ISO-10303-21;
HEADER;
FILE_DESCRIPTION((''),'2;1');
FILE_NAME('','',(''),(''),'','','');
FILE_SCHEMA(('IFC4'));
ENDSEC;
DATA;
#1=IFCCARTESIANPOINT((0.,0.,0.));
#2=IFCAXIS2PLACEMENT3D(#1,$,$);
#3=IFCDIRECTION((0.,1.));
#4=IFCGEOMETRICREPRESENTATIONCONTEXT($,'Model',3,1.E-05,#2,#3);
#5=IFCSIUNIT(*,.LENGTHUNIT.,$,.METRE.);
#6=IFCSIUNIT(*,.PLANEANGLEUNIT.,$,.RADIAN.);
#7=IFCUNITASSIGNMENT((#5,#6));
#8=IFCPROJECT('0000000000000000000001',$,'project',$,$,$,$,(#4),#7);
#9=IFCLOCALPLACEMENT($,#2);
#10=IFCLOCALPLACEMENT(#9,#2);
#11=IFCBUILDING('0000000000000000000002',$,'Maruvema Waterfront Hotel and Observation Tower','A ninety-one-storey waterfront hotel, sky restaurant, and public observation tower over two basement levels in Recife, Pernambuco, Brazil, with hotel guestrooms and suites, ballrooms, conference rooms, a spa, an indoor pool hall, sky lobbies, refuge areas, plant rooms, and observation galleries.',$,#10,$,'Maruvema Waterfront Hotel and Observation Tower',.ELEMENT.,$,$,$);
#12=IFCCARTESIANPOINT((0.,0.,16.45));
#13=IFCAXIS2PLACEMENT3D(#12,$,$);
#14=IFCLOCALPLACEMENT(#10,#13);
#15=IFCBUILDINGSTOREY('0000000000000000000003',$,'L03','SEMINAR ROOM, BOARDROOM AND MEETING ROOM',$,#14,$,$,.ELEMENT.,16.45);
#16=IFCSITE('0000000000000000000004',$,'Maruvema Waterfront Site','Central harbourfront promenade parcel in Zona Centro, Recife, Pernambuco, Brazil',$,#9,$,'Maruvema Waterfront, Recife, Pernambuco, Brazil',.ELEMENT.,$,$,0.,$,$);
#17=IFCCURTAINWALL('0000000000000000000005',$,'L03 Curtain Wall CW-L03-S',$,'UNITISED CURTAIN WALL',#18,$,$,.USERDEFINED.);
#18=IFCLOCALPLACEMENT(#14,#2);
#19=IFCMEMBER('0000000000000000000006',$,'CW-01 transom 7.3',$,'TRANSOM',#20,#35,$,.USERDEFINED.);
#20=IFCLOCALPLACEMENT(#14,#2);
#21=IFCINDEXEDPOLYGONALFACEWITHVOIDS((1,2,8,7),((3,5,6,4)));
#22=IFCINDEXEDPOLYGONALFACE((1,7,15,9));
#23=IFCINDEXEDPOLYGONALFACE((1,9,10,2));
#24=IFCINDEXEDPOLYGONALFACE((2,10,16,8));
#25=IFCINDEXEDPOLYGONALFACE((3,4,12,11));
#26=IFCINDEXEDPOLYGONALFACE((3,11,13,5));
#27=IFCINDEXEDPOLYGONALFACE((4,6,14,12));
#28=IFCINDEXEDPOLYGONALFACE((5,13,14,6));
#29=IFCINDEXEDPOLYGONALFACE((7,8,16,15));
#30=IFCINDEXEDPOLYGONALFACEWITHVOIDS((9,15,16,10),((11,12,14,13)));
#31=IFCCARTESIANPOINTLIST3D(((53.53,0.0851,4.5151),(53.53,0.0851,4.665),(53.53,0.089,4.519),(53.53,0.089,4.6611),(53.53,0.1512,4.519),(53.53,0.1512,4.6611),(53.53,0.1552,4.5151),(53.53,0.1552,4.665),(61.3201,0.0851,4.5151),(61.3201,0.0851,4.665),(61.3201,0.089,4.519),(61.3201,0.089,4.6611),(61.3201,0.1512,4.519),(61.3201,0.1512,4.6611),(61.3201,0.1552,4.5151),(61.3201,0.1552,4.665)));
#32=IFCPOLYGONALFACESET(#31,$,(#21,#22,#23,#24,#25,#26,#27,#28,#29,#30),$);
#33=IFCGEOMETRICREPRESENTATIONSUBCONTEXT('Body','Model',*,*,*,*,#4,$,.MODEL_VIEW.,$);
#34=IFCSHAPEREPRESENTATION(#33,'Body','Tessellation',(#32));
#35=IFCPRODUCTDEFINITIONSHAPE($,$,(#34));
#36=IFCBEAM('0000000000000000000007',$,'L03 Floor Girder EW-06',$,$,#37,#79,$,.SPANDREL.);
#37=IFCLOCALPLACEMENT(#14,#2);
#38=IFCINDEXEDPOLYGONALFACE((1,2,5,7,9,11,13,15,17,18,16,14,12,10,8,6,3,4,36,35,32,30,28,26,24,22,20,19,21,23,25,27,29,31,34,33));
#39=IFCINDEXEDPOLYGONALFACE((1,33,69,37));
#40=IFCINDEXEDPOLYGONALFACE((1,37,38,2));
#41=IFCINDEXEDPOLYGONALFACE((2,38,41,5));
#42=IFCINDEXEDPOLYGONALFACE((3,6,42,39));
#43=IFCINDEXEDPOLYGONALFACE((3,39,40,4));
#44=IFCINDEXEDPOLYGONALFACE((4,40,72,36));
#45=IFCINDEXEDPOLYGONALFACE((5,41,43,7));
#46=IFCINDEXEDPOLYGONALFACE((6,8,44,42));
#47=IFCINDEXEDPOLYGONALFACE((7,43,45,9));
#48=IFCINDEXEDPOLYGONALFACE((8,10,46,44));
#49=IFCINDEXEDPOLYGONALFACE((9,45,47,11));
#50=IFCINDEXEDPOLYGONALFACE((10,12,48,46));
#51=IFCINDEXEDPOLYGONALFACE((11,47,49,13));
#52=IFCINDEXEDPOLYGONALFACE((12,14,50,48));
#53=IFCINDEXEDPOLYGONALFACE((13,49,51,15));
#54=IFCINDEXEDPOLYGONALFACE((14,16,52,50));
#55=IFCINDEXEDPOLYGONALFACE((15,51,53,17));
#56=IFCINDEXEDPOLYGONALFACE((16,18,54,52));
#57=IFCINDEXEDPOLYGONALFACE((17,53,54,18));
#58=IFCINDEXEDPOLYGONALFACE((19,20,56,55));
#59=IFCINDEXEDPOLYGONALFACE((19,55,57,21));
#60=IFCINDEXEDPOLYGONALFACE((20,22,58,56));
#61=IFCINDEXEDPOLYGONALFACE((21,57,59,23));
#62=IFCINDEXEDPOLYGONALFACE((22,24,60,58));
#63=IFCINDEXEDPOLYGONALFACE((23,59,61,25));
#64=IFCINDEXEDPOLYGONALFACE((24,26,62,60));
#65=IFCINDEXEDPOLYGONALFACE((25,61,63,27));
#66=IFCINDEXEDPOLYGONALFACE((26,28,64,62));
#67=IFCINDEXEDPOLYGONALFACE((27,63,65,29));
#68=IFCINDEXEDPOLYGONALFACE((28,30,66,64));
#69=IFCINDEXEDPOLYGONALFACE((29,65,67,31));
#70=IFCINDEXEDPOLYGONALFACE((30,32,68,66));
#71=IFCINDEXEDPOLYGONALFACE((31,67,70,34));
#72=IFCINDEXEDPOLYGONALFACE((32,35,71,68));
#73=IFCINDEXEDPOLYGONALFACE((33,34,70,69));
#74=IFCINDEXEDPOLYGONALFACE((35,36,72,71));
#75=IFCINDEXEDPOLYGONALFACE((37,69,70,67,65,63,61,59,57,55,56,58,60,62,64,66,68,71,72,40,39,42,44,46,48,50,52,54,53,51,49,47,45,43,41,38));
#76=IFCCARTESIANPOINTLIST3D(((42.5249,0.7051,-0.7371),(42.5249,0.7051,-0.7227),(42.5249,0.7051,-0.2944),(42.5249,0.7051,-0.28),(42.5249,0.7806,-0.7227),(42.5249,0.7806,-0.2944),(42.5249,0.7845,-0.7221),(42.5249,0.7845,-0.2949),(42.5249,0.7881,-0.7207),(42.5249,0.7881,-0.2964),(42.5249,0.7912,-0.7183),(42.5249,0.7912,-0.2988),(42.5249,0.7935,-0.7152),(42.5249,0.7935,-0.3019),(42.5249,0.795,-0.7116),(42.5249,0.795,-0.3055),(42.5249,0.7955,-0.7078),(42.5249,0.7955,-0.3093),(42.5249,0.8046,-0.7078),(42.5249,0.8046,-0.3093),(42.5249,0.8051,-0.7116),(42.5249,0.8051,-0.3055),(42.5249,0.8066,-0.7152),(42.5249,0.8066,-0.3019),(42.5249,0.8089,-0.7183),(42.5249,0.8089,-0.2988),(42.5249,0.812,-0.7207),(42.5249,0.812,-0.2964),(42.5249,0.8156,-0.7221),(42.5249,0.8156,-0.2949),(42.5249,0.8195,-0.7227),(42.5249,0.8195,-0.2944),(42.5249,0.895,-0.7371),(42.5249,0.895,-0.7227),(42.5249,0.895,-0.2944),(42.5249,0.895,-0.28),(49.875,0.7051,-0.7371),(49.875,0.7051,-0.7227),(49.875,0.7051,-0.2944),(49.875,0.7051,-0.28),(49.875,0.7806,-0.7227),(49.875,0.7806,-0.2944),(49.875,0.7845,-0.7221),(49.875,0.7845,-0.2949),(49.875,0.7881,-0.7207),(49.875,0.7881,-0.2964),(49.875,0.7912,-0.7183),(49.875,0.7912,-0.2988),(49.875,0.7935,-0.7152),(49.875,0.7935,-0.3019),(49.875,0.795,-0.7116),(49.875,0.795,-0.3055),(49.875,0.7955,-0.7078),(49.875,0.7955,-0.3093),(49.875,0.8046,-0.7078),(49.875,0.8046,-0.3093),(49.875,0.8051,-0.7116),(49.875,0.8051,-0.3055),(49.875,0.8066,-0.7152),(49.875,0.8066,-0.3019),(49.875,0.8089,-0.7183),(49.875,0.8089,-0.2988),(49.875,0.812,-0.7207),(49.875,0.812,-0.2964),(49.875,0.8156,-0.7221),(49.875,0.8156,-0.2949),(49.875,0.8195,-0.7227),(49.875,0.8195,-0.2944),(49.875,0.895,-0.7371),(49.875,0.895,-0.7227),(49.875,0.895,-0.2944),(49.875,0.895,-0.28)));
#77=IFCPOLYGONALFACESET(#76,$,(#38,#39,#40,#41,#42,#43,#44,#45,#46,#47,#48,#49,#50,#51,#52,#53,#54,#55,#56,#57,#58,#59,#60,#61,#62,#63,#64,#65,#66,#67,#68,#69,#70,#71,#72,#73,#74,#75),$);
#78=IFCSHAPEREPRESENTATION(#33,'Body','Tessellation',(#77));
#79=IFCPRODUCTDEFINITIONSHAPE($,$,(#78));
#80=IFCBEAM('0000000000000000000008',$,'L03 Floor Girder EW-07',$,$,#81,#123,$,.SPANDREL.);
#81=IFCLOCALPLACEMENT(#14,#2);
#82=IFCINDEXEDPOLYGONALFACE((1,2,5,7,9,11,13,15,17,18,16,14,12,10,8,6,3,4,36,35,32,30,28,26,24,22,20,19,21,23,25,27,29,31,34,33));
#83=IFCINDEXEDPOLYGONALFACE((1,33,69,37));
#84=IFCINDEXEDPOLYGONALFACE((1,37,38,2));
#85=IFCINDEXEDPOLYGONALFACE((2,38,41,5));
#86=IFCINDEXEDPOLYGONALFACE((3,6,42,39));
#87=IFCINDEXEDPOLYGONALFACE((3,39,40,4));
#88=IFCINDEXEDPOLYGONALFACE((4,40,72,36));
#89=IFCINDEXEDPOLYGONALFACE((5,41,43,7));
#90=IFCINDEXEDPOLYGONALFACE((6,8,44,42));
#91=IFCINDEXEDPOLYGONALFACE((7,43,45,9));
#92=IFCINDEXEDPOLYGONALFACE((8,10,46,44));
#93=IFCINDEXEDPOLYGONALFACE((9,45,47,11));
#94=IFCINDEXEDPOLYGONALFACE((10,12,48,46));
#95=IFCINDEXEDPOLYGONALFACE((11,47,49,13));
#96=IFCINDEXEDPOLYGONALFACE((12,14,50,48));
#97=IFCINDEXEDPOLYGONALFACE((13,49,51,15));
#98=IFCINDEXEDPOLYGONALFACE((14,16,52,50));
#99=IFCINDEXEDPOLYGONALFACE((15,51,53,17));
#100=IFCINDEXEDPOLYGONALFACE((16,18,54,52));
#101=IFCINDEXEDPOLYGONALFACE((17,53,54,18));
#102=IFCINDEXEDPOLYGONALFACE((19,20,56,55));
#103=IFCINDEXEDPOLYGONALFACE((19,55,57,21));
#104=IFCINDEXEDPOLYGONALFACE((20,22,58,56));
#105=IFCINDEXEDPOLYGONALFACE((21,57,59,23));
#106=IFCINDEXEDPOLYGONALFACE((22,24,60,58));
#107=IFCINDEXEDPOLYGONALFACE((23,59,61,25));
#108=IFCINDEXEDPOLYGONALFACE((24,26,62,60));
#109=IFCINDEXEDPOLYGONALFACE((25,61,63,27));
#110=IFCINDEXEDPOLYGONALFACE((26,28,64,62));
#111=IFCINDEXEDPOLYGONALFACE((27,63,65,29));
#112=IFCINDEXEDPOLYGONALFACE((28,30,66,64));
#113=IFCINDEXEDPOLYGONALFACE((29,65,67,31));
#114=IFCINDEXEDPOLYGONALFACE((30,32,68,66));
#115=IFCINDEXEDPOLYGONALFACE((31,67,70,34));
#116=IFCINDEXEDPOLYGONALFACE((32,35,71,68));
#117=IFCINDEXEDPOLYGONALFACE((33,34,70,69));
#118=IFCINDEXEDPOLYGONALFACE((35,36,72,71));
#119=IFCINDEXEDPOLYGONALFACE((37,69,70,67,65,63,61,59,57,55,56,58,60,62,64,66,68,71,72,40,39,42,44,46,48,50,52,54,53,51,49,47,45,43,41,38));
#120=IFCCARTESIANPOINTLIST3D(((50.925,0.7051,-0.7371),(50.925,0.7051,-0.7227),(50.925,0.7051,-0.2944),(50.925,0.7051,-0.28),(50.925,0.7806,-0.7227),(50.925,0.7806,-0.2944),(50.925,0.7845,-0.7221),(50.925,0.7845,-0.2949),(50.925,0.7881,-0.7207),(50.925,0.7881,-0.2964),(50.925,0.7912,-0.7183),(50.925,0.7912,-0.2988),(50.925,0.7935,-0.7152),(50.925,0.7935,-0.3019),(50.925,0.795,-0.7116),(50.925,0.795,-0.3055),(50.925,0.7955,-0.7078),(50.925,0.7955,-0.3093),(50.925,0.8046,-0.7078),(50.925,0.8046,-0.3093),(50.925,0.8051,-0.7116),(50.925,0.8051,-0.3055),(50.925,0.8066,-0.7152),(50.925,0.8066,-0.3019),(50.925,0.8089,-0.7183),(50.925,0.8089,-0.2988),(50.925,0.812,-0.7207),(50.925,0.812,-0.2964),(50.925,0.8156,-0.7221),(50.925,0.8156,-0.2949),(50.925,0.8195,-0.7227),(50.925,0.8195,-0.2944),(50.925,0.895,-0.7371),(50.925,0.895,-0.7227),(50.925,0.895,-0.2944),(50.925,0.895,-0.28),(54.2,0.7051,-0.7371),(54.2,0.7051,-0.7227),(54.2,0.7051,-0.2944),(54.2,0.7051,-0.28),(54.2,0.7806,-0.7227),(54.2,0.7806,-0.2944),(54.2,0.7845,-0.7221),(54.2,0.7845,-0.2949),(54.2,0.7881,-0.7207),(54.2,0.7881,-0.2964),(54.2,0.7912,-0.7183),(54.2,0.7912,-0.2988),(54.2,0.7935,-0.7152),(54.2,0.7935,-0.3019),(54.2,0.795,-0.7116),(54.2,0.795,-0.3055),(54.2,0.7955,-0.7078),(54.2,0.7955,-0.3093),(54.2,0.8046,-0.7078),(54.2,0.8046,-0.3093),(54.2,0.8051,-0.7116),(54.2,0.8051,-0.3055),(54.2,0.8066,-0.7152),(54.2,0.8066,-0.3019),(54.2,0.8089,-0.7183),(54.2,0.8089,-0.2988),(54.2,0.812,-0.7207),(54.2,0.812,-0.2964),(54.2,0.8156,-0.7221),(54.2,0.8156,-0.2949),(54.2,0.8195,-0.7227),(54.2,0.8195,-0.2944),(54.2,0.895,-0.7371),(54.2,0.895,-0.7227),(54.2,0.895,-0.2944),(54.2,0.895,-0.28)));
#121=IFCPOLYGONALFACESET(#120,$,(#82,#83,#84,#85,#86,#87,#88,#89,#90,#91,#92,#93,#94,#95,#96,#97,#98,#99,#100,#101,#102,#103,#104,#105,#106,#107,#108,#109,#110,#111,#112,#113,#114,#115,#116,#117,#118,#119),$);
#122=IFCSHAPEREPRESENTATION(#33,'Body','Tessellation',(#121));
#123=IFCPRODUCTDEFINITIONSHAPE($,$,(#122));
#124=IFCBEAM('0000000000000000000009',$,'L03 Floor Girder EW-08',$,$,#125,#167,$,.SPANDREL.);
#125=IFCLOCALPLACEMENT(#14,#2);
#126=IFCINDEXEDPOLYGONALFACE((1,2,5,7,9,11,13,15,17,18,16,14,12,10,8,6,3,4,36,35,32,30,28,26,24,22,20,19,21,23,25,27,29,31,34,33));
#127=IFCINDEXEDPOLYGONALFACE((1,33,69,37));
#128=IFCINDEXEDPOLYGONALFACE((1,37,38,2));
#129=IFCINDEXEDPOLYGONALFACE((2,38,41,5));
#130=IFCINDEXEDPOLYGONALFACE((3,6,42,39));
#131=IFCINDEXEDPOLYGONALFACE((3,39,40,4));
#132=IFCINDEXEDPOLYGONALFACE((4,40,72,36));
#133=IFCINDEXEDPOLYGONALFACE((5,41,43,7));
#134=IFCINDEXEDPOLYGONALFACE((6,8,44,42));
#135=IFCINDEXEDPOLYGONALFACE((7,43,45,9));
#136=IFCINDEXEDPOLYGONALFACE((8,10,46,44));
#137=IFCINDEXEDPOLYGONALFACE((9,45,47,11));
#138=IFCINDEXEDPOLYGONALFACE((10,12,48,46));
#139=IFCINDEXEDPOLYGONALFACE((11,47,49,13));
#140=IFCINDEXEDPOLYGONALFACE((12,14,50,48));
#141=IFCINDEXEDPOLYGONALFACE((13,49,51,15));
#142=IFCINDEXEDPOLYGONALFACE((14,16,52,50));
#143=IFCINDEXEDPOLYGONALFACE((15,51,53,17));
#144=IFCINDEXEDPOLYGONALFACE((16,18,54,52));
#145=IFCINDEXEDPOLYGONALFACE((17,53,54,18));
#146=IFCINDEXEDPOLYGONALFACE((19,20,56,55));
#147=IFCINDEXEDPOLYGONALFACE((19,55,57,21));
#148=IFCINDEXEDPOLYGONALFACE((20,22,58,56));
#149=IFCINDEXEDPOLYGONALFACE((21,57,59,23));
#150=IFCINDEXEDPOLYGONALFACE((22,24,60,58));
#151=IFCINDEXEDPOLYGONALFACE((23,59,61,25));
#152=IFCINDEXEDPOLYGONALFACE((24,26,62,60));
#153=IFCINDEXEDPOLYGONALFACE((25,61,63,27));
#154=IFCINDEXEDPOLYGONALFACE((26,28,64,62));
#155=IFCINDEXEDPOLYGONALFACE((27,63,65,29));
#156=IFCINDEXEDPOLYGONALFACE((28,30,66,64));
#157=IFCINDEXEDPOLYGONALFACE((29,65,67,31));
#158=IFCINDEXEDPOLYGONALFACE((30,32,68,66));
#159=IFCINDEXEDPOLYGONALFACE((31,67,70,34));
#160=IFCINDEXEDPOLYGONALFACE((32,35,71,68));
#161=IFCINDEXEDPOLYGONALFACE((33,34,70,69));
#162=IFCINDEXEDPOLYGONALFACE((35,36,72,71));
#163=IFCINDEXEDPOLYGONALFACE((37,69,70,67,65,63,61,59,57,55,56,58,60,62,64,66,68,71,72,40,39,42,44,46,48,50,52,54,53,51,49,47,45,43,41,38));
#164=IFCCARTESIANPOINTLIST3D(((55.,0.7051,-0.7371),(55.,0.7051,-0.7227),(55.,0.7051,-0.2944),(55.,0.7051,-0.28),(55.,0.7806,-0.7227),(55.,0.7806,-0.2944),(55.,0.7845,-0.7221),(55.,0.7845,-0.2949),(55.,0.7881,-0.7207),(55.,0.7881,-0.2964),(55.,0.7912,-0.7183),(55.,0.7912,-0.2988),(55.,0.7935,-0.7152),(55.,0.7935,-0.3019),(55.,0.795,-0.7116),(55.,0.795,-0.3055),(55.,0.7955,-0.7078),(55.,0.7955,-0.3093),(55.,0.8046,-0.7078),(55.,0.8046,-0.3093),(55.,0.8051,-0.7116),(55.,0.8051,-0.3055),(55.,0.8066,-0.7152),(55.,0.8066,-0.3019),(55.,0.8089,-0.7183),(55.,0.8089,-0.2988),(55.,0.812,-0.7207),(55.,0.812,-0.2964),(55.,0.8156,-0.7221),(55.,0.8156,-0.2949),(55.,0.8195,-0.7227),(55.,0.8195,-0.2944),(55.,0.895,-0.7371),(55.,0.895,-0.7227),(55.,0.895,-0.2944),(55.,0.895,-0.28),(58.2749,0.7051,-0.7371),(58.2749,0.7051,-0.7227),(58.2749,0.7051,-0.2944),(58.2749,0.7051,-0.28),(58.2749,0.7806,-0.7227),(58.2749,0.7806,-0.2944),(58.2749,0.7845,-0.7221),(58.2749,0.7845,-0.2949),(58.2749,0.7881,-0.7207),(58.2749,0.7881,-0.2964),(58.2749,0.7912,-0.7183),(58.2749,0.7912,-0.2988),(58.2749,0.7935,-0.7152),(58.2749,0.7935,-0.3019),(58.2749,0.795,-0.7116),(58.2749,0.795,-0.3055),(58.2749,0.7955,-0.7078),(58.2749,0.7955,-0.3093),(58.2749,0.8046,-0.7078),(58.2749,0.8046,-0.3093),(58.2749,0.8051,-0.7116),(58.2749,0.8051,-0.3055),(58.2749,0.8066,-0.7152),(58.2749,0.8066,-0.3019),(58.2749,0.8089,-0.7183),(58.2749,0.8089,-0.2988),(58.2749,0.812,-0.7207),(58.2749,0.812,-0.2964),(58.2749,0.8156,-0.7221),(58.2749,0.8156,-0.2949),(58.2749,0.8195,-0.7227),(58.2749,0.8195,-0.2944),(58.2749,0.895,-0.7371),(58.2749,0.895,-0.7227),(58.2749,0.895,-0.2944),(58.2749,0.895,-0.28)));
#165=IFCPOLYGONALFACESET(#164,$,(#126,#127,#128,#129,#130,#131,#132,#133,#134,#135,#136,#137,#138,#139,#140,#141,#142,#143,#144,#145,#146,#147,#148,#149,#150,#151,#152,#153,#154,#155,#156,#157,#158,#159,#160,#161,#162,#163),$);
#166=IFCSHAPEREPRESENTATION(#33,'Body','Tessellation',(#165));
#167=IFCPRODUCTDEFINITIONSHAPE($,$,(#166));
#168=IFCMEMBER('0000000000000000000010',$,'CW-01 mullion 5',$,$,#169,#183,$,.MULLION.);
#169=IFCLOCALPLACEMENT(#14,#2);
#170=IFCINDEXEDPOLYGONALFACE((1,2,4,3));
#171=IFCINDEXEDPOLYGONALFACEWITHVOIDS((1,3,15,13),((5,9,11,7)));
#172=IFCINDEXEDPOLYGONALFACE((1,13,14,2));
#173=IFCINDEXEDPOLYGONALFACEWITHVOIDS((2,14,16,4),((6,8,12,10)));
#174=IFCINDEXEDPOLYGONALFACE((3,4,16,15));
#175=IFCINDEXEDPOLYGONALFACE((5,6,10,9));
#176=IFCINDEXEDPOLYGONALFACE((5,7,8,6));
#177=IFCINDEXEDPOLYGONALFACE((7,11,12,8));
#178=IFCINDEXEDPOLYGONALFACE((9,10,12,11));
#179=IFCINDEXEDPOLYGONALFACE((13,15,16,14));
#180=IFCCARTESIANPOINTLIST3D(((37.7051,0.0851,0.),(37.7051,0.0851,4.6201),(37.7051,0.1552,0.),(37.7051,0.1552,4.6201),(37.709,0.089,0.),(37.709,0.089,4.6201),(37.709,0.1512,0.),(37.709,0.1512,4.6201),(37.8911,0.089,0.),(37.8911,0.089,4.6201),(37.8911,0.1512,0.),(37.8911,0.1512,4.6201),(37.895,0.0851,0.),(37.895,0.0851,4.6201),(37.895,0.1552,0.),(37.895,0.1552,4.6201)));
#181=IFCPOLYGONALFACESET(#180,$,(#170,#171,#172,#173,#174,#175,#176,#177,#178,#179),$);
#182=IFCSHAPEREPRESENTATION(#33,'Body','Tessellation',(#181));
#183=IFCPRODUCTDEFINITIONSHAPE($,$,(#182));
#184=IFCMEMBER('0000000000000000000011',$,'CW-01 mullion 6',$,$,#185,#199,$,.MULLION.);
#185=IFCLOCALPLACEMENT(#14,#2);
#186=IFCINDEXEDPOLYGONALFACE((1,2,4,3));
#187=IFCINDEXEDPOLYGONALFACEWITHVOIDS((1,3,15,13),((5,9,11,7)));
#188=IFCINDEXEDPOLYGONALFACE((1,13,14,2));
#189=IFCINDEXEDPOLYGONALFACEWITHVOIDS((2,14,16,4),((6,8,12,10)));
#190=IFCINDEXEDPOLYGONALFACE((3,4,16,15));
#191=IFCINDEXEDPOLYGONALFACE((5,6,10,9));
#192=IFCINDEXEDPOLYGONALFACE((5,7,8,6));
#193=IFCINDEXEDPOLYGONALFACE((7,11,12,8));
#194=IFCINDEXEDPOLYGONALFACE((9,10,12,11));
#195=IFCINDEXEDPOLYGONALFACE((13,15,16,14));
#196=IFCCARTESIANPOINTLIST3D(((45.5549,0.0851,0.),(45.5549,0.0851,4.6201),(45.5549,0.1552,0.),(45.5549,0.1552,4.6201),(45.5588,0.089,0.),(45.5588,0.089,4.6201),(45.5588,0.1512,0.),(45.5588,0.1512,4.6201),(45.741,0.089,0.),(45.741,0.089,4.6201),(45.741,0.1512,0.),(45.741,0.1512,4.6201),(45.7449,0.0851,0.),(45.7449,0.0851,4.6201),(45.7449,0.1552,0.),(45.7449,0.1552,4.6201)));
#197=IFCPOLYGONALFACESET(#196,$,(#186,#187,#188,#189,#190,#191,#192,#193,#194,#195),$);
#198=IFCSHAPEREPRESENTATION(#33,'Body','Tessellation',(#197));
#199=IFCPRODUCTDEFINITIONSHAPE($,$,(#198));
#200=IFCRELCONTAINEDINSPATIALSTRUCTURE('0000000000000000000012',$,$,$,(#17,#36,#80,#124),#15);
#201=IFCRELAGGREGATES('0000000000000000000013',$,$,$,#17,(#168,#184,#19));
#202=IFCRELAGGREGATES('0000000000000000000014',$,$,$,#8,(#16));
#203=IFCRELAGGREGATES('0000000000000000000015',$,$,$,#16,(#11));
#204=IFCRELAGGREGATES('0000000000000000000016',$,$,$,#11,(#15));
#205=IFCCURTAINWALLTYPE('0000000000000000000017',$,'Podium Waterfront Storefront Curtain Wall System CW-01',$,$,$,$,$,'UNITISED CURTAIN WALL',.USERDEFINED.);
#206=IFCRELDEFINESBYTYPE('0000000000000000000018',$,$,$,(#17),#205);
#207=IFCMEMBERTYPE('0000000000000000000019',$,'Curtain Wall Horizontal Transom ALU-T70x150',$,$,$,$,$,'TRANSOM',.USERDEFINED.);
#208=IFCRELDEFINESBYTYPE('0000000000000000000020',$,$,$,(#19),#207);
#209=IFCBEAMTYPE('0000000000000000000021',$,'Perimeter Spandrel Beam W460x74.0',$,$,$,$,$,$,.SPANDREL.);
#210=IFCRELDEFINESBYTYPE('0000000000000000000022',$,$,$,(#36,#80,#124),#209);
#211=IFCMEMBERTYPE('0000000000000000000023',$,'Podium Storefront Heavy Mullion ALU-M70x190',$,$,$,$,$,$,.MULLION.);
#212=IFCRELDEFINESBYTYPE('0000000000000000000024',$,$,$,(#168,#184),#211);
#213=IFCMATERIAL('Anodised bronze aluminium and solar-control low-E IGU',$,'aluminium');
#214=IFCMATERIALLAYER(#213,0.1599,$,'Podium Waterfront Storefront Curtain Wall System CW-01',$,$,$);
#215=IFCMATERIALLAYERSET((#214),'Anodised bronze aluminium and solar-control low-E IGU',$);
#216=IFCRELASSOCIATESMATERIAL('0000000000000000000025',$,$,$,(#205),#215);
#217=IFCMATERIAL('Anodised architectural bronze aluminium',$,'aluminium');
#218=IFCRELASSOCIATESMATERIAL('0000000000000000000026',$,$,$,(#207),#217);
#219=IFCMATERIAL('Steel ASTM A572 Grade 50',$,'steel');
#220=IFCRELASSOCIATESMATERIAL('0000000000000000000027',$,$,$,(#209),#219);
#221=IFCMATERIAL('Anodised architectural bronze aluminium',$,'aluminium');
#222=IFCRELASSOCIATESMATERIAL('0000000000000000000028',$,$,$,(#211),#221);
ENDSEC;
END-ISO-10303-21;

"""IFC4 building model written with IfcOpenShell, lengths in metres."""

from ifc_helpers import new_model, si_unit, direction, frame, origin, origin_2d, place, context, subcontext, project, spatial, hollow_rectangle, i_section, extrude, material, layer, layer_set, material_profile, profile_set, type_object, element, aggregate, save


model = new_model("IFC4")

# Units and contexts
model_context = context("Model", 3, precision=1e-05, world=origin(), true_north=direction((0.0, 1.0)))
body_context = subcontext(model_context, "Body", "Model", "MODEL_VIEW")
ifc_project = project(units=[si_unit("LENGTHUNIT", "METRE"), si_unit("PLANEANGLEUNIT", "RADIAN")], contexts=[model_context])

# Site, building, storey
site_placement = place(None, origin())
site = spatial("IfcSite", under=ifc_project, at=site_placement, Name="Maruvema Waterfront Site", Description="Central harbourfront promenade parcel in Zona Centro, Recife, Pernambuco, Brazil", LongName="Maruvema Waterfront, Recife, Pernambuco, Brazil", CompositionType="ELEMENT", RefElevation=0.0)
building_placement = place(site_placement, origin())
building = spatial("IfcBuilding", under=site, at=building_placement, Name="Maruvema Waterfront Hotel and Observation Tower", Description="A ninety-one-storey waterfront hotel, sky restaurant, and public observation tower over two basement levels in Recife, Pernambuco, Brazil, with hotel guestrooms and suites, ballrooms, conference rooms, a spa, an indoor pool hall, sky lobbies, refuge areas, plant rooms, and observation galleries.", LongName="Maruvema Waterfront Hotel and Observation Tower", CompositionType="ELEMENT")
storey_placement = place(building_placement, frame((0.0, 0.0, 16.45)))
storey = spatial("IfcBuildingStorey", under=building, at=storey_placement, Name="L03", Description="SEMINAR ROOM, BOARDROOM AND MEETING ROOM", CompositionType="ELEMENT", Elevation=16.45)

# Curtain wall, member
ifc_material_1 = material(Name="Anodised bronze aluminium and solar-control low-E IGU", Category="aluminium")
ifc_layer_1 = layer(ifc_material_1, 0.1599, Name="Podium Waterfront Storefront Curtain Wall System CW-01")
ifc_layer_set_1 = layer_set([ifc_layer_1], Name="Anodised bronze aluminium and solar-control low-E IGU")
curtain_wall_type = type_object("IfcCurtainWallType", Name="Podium Waterfront Storefront Curtain Wall System CW-01", ElementType="UNITISED CURTAIN WALL", PredefinedType="USERDEFINED", material=ifc_layer_set_1)
curtain_wall_placement = place(storey_placement, origin())
curtain_wall = element("IfcCurtainWall", 1, at=curtain_wall_placement, inside=storey, type_object=curtain_wall_type, Name="L03 Curtain Wall CW-L03-S", ObjectType="UNITISED CURTAIN WALL", PredefinedType="USERDEFINED")
ifc_material_2 = material(Name="Anodised architectural bronze aluminium", Category="aluminium")
ifc_material_profile_1 = material_profile(ifc_material_2, hollow_rectangle(XDim=0.0701, YDim=0.1499, WallThickness=0.0039, at=origin_2d()), Name="ALU-T70x150")
ifc_profile_set_1 = profile_set([ifc_material_profile_1], Name="Anodised architectural bronze aluminium")
member_type_1 = type_object("IfcMemberType", Name="Curtain Wall Horizontal Transom ALU-T70x150", ElementType="TRANSOM", PredefinedType="USERDEFINED", material=ifc_profile_set_1)
member_1_placement = place(storey_placement, frame((53.53, 0.1201, 4.5901), z_axis=(1.0, 0.0, 0.0), x_axis=(0.0, 1.0, 0.0)))
member_1 = element("IfcMember", 2, at=member_1_placement, type_object=member_type_1, Name="CW-01 transom 7.3", ObjectType="TRANSOM", PredefinedType="USERDEFINED", context=body_context, shape_type="SweptSolid", body=[
    extrude(hollow_rectangle(XDim=0.0701, YDim=0.1499, WallThickness=0.0039, at=origin_2d()), origin(), (0.0, 0.0, 1.0), 7.79),
])

# Beams
ifc_material_3 = material(Name="Steel ASTM A572 Grade 50", Category="steel")
ifc_material_profile_2 = material_profile(ifc_material_3, i_section(OverallWidth=0.1899, OverallDepth=0.457, WebThickness=0.009, FlangeThickness=0.0144, FilletRadius=0.0149, at=origin_2d()), Name="W460x74.0")
ifc_profile_set_2 = profile_set([ifc_material_profile_2], Name="Steel ASTM A572 Grade 50")
beam_type_1 = type_object("IfcBeamType", Name="Perimeter Spandrel Beam W460x74.0", PredefinedType="SPANDREL", material=ifc_profile_set_2)
beam_1_placement = place(storey_placement, frame((42.5249, 0.8, -0.5085), z_axis=(1.0, 0.0, 0.0), x_axis=(0.0, 1.0, 0.0)))
element("IfcBeam", 3, at=beam_1_placement, inside=storey, type_object=beam_type_1, Name="L03 Floor Girder EW-06", PredefinedType="SPANDREL", context=body_context, shape_type="SweptSolid", body=[
    extrude(i_section(OverallWidth=0.1899, OverallDepth=0.457, WebThickness=0.009, FlangeThickness=0.0144, FilletRadius=0.0149, at=origin_2d()), origin(), (0.0, 0.0, 1.0), 7.3501),
])
for number, where, z_axis, x_axis, name in (
    (4, (50.925, 0.8, -0.5085), (1.0, 0.0, 0.0), (0.0, 1.0, 0.0), "L03 Floor Girder EW-07"),
    (5, (55.0, 0.8, -0.5085), (1.0, 0.0, 0.0), (0.0, 1.0, 0.0), "L03 Floor Girder EW-08"),
):
    element("IfcBeam", number, at=place(storey_placement, frame(where, z_axis=z_axis, x_axis=x_axis)), inside=storey, type_object=beam_type_1, Name=name, PredefinedType="SPANDREL", context=body_context, shape_type="SweptSolid", body=[
        extrude(i_section(OverallWidth=0.1899, OverallDepth=0.457, WebThickness=0.009, FlangeThickness=0.0144, FilletRadius=0.0149, at=origin_2d()), origin(), (0.0, 0.0, 1.0), 3.2749),
    ])

# Members
ifc_material_4 = material(Name="Anodised architectural bronze aluminium", Category="aluminium")
ifc_material_profile_3 = material_profile(ifc_material_4, hollow_rectangle(XDim=0.0701, YDim=0.1899, WallThickness=0.0039, at=origin_2d()), Name="ALU-M70x190")
ifc_profile_set_3 = profile_set([ifc_material_profile_3], Name="Anodised architectural bronze aluminium")
member_type_2 = type_object("IfcMemberType", Name="Podium Storefront Heavy Mullion ALU-M70x190", PredefinedType="MULLION", material=ifc_profile_set_3)
member_2_placement = place(storey_placement, frame((37.8, 0.1201, 0.0), z_axis=(0.0, 0.0, 1.0), x_axis=(0.0, 1.0, 0.0)))
member_2 = element("IfcMember", 6, at=member_2_placement, type_object=member_type_2, Name="CW-01 mullion 5", PredefinedType="MULLION", context=body_context, shape_type="SweptSolid", body=[
    extrude(hollow_rectangle(XDim=0.0701, YDim=0.1899, WallThickness=0.0039, at=origin_2d()), origin(), (0.0, 0.0, 1.0), 4.6201),
])
member_3_placement = place(storey_placement, frame((45.6499, 0.1201, 0.0), z_axis=(0.0, 0.0, 1.0), x_axis=(0.0, 1.0, 0.0)))
member_3 = element("IfcMember", 7, at=member_3_placement, type_object=member_type_2, Name="CW-01 mullion 6", PredefinedType="MULLION", context=body_context, shape_type="SweptSolid", body=[
    extrude(hollow_rectangle(XDim=0.0701, YDim=0.1899, WallThickness=0.0039, at=origin_2d()), origin(), (0.0, 0.0, 1.0), 4.6201),
])

aggregate(curtain_wall, [member_2, member_3, member_1])

save(model, "model.ifc")
